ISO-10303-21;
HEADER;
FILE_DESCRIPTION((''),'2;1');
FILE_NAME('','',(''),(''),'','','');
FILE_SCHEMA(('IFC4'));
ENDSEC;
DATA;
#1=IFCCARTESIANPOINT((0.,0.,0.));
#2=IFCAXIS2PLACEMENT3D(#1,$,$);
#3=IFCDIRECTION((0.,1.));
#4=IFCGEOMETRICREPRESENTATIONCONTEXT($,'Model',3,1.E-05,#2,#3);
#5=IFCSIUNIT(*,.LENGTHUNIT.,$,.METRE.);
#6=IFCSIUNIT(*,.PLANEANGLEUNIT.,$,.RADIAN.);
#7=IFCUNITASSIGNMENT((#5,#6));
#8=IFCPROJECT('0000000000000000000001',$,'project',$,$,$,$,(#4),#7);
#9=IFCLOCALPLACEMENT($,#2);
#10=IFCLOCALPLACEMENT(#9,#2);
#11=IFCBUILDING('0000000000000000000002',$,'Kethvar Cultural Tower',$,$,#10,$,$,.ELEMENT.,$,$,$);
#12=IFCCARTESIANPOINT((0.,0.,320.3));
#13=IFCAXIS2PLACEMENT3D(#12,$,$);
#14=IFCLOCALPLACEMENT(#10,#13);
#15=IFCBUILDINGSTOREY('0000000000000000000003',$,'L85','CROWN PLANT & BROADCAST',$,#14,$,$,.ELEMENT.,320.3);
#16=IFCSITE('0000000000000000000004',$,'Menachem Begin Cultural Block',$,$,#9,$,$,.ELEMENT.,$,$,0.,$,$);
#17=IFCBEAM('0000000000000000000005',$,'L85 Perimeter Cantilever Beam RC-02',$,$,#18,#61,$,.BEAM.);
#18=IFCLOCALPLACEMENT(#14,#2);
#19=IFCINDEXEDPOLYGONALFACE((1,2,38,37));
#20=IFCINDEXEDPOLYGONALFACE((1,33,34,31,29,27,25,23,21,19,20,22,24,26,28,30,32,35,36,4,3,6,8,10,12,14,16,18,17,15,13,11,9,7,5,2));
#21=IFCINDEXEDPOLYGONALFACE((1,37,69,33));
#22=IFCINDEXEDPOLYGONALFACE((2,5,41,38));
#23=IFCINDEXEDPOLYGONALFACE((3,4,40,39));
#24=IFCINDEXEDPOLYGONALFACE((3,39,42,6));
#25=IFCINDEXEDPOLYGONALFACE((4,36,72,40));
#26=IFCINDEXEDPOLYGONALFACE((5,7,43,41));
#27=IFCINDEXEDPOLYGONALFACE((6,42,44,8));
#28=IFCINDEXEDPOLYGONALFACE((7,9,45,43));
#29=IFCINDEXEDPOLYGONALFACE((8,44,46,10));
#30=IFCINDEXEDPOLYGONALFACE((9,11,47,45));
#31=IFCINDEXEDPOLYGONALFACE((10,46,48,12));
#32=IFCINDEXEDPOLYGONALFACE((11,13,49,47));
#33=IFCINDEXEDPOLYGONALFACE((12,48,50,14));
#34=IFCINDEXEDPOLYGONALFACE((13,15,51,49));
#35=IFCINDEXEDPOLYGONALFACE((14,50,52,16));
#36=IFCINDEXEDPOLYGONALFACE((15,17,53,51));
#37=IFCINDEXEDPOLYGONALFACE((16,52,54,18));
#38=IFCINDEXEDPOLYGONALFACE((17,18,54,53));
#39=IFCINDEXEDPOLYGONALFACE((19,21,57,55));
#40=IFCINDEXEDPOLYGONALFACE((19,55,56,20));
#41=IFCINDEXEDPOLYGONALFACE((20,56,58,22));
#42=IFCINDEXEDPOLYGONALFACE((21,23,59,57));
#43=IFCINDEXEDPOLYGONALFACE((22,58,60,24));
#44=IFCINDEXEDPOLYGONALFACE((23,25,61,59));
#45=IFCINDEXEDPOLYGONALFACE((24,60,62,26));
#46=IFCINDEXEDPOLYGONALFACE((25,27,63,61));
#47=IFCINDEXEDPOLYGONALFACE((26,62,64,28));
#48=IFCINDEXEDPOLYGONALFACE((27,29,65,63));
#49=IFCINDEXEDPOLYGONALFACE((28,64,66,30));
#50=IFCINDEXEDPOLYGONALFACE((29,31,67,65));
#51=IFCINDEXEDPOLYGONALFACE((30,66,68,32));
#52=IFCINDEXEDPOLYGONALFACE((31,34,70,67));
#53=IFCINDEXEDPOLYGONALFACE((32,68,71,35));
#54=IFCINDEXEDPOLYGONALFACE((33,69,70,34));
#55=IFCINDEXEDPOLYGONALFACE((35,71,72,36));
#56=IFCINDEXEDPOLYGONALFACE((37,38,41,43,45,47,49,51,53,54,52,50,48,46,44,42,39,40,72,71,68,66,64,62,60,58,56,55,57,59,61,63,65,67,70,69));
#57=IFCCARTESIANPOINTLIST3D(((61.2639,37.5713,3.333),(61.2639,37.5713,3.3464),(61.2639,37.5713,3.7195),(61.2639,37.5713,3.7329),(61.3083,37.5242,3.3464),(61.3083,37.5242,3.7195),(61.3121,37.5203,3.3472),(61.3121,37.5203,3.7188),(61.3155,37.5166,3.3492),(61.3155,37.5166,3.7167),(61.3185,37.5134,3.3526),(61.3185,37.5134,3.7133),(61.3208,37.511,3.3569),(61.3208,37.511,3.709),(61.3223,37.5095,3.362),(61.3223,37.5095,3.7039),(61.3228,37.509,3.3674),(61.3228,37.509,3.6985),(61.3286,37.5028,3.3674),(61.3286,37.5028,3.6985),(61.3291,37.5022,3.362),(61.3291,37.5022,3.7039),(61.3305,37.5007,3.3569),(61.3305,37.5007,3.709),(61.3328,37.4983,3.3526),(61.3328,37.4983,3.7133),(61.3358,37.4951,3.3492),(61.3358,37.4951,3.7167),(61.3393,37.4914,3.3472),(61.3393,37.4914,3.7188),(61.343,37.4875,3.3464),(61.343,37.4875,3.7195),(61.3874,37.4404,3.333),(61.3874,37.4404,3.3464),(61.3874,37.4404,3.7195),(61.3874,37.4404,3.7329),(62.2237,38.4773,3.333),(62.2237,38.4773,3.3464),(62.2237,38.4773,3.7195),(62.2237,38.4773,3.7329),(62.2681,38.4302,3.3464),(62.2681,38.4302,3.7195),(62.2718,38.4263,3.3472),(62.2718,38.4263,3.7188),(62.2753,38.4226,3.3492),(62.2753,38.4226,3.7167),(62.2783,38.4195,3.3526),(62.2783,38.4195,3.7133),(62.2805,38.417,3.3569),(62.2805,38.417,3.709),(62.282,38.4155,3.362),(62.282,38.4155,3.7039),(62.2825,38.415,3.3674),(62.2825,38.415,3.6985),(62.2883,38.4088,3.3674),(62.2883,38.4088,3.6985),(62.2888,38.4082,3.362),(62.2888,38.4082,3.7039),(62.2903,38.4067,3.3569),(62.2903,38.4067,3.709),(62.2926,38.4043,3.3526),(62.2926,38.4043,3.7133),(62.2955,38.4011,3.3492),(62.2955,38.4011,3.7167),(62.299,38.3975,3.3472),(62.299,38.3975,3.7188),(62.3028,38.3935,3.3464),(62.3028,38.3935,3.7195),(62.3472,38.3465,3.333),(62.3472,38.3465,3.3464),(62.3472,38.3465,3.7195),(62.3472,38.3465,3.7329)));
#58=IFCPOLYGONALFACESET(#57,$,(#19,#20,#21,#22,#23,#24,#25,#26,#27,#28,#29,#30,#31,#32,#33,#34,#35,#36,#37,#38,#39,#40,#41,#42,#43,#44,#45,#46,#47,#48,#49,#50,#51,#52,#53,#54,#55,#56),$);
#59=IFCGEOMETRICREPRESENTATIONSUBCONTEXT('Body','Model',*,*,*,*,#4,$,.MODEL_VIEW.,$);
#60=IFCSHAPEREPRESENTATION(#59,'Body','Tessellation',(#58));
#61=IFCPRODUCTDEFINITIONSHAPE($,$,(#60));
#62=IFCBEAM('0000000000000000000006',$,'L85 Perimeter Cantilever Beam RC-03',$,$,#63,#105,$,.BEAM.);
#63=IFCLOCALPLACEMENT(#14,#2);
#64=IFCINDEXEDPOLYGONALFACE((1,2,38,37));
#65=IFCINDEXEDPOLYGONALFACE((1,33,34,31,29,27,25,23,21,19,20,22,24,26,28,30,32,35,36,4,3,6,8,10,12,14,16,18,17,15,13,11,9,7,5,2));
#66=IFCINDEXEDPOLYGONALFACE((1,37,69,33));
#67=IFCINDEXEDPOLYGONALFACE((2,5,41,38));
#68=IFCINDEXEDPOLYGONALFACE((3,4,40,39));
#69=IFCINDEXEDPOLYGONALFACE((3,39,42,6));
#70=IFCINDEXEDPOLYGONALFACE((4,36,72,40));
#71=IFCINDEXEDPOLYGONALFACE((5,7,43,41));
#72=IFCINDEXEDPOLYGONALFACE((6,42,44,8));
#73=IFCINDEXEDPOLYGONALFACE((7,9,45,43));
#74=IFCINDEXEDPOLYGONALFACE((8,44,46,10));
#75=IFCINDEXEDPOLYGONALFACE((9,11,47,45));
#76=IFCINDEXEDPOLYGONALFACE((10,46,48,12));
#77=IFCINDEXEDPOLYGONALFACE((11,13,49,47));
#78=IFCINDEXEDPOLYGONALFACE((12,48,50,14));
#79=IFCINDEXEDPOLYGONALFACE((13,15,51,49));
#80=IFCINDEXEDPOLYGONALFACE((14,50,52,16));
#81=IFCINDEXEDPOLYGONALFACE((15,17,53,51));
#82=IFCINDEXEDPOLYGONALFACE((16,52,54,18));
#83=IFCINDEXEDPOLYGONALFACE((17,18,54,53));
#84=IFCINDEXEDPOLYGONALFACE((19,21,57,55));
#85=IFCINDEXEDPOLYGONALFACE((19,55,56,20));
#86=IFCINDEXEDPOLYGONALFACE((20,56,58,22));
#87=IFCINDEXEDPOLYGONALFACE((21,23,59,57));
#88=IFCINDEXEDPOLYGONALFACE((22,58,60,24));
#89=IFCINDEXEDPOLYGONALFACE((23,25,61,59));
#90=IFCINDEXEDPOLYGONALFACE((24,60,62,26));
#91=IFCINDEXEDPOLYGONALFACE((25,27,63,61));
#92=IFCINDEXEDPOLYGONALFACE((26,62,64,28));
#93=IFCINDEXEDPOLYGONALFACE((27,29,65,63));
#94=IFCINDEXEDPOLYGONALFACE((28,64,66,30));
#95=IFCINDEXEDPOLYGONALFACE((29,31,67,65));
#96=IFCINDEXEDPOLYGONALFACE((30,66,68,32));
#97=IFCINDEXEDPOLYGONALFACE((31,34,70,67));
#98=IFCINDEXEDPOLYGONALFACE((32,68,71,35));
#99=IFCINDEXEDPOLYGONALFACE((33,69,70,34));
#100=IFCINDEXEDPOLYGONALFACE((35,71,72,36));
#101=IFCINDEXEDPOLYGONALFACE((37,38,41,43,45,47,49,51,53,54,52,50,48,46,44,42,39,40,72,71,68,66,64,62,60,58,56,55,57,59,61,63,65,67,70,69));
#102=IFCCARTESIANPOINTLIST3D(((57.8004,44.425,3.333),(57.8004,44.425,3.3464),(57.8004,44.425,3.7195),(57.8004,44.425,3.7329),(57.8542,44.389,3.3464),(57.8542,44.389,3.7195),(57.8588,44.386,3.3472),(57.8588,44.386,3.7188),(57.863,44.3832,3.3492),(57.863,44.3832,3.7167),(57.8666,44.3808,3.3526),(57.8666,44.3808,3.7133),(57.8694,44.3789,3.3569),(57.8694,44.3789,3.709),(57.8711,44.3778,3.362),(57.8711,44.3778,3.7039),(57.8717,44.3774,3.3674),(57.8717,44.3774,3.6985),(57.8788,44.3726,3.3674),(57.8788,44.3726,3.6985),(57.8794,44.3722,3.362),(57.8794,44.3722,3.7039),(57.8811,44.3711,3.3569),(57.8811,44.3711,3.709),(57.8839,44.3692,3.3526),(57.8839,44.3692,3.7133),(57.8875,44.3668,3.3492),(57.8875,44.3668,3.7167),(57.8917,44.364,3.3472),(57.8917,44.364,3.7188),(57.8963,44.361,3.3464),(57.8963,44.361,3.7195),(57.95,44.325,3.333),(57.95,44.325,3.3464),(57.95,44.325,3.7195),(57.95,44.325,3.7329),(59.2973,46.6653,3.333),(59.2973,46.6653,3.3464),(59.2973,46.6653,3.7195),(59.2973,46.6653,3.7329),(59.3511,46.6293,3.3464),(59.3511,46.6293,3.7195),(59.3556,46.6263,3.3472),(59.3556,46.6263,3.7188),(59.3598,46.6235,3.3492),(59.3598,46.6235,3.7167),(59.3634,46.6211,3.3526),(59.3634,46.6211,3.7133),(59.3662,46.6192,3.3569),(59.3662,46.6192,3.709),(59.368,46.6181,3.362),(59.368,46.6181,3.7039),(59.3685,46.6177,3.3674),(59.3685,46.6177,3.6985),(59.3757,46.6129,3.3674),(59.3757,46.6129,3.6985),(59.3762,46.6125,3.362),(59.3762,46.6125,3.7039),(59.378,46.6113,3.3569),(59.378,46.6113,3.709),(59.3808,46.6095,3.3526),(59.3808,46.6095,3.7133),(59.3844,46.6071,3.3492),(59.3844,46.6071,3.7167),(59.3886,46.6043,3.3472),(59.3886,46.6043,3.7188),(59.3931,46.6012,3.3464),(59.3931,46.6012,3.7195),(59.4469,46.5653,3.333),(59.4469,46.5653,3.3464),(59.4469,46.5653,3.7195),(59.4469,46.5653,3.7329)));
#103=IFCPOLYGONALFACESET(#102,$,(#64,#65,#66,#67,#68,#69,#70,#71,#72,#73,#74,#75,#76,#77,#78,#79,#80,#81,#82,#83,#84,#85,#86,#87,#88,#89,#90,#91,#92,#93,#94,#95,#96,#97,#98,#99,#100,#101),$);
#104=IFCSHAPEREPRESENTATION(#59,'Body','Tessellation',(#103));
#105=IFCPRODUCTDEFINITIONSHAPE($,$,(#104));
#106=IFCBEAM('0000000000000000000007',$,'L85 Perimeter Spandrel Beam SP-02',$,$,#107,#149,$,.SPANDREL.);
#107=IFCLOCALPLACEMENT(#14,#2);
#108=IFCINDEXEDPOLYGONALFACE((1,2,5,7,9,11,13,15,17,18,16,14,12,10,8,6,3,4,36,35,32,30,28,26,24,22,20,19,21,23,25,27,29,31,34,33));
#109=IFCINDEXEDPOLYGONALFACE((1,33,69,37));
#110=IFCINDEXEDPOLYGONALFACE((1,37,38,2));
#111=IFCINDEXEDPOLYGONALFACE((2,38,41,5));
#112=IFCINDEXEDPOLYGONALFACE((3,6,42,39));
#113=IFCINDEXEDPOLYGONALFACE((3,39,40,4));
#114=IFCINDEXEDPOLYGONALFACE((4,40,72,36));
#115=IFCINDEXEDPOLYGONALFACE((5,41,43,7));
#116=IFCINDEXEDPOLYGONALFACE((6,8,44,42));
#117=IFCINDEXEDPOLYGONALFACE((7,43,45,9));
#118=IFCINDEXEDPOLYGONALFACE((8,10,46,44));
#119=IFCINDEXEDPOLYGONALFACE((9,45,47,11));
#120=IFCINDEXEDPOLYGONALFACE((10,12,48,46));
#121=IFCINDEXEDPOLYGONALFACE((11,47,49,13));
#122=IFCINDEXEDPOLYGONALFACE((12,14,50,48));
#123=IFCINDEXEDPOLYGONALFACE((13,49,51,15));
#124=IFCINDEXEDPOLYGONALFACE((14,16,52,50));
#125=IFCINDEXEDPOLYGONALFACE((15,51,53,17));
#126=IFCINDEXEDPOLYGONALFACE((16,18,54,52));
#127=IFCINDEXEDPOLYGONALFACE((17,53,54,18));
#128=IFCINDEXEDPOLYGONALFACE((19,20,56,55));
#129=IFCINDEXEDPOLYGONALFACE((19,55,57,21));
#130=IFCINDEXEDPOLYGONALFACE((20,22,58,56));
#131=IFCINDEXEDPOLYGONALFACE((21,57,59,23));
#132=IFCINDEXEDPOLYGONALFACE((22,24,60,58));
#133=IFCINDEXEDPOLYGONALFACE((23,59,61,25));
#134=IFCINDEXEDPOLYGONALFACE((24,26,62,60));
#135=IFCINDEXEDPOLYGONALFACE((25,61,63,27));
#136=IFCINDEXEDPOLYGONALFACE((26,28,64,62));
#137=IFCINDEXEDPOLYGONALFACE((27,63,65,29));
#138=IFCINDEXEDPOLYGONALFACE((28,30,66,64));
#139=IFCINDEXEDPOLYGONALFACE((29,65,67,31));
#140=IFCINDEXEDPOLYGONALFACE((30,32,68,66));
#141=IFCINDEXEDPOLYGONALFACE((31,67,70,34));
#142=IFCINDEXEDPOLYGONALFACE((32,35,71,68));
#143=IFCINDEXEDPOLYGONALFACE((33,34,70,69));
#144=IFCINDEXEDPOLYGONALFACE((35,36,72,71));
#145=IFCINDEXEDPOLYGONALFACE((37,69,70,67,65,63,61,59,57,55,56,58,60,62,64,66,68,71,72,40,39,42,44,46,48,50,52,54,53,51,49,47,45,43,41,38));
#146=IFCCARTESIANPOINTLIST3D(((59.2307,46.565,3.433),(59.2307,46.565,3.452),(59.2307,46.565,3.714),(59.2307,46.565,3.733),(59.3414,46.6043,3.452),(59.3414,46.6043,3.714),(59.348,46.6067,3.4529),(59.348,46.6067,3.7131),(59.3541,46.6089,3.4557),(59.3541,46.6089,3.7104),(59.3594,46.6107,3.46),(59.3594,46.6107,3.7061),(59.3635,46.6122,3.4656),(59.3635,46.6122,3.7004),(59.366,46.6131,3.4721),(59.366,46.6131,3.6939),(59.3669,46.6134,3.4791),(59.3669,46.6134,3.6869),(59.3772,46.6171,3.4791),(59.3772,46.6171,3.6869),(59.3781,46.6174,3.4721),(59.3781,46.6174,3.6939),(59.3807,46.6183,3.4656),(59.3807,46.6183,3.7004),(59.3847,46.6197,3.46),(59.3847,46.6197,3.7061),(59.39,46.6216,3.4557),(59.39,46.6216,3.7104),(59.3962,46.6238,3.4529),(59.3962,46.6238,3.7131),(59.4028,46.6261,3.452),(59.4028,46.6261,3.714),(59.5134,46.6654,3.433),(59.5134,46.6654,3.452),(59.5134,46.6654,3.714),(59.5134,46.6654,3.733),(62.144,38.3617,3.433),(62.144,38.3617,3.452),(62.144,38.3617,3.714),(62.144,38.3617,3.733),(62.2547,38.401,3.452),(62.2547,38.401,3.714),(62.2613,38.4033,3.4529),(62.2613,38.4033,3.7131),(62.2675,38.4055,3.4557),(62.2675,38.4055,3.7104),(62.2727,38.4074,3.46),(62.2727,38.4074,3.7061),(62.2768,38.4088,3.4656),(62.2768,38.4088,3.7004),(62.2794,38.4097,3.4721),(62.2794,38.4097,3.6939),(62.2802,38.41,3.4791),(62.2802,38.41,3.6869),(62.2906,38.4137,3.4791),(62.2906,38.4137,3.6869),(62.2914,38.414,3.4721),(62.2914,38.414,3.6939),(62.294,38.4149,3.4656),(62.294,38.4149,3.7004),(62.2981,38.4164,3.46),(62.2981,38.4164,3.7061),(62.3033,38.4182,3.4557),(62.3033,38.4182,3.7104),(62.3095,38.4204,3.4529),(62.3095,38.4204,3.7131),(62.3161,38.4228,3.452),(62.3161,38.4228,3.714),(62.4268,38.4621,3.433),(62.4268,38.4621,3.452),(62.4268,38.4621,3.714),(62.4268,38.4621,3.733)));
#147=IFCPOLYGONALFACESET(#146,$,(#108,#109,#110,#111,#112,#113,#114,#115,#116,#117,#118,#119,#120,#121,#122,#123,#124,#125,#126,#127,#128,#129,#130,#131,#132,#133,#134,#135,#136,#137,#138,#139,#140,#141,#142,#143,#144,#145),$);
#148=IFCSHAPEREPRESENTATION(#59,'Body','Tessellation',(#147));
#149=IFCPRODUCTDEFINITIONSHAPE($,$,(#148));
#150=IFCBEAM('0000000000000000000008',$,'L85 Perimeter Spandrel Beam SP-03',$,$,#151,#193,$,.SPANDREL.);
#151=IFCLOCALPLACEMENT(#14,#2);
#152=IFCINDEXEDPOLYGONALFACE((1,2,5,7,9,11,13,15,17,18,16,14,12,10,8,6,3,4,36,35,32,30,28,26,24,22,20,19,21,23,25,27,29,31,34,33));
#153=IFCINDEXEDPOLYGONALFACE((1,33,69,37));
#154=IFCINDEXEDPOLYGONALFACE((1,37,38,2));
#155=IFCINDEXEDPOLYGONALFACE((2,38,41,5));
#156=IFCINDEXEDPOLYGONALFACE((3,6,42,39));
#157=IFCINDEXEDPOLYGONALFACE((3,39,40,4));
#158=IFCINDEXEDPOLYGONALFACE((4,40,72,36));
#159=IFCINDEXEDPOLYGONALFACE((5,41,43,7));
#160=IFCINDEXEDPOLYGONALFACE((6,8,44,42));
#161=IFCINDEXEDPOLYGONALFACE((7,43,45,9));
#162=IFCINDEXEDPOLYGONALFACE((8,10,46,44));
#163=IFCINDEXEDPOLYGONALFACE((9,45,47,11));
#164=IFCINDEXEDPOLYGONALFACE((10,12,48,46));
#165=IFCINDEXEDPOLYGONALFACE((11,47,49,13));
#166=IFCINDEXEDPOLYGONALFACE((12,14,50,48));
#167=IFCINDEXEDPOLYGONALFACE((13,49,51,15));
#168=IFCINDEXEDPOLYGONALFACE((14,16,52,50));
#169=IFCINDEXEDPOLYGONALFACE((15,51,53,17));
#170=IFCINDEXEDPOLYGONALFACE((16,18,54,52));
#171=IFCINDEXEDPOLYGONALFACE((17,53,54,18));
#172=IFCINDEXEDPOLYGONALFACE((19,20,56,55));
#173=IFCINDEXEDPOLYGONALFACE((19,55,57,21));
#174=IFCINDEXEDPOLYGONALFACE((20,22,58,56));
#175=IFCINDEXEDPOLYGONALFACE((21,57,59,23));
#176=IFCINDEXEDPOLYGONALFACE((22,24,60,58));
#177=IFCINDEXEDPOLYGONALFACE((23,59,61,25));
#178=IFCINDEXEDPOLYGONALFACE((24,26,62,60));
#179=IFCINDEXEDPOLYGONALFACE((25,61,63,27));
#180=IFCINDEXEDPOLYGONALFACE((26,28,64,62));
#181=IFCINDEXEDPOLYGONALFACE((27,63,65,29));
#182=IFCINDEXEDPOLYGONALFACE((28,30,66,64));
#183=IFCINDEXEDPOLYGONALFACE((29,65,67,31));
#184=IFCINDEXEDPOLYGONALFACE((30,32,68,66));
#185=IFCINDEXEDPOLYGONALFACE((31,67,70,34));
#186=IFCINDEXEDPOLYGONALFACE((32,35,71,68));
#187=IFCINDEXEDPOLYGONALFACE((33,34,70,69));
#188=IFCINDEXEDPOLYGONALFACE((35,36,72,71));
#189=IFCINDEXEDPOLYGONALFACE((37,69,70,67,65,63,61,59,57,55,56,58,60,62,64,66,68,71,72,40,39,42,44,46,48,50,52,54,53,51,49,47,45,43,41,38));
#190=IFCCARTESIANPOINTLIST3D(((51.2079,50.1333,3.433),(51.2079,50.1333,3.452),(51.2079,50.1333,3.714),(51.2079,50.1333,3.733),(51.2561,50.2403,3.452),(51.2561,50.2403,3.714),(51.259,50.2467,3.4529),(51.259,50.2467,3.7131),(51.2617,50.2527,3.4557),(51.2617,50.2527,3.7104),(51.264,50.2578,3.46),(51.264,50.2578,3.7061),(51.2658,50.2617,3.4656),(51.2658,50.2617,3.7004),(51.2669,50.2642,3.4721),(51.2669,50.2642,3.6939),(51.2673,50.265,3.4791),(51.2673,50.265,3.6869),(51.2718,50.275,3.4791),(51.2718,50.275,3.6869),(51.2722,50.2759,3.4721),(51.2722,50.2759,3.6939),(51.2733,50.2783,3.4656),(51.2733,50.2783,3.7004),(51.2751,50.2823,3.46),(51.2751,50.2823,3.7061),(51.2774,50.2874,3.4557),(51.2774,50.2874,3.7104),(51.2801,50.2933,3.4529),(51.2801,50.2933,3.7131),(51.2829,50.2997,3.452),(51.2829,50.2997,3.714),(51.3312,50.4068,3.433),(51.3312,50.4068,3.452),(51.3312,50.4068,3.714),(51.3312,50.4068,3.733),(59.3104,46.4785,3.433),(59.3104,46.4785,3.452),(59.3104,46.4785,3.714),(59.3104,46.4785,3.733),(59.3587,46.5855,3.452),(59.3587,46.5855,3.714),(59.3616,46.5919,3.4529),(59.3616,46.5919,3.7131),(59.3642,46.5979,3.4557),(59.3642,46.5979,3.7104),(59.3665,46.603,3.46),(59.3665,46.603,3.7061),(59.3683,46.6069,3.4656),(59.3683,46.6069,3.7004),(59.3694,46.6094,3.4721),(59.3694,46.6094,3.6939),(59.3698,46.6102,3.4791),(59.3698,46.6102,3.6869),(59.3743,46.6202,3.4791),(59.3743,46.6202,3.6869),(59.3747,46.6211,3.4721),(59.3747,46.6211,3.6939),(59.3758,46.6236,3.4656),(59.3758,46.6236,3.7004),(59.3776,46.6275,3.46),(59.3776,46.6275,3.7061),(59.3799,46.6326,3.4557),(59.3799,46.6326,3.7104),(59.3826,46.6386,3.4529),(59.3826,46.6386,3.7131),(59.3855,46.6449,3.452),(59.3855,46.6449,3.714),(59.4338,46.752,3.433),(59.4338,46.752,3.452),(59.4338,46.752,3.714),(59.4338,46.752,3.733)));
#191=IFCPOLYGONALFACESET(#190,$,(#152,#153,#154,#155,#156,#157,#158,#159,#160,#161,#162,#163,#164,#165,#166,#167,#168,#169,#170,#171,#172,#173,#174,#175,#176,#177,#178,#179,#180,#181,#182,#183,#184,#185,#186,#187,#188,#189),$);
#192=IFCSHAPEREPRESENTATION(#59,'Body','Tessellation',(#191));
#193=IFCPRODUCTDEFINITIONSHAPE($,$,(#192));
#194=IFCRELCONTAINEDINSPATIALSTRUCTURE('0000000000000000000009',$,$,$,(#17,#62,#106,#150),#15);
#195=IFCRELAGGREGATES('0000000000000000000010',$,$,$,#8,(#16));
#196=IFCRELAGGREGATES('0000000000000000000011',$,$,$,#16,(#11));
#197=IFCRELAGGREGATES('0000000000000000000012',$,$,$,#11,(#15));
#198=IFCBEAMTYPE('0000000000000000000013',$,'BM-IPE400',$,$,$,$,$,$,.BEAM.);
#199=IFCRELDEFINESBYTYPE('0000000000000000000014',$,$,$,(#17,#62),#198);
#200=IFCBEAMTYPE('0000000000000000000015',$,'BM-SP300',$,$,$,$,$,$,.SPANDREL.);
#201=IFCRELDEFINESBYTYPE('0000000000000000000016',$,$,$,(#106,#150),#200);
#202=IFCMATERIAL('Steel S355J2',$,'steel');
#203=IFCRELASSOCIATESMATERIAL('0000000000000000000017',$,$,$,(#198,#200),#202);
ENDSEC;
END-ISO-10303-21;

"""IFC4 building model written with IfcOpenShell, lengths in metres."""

from ifc_helpers import new_model, si_unit, direction, frame, origin, origin_2d, place, context, subcontext, project, spatial, i_section, extrude, source, transform, mapped, material, material_profile, profile_set, type_object, element, save


model = new_model("IFC4")

# Units and contexts
model_context = context("Model", 3, precision=1e-05, world=origin(), true_north=direction((0.0, 1.0)))
body_context = subcontext(model_context, "Body", "Model", "MODEL_VIEW")
ifc_project = project(units=[si_unit("LENGTHUNIT", "METRE"), si_unit("PLANEANGLEUNIT", "RADIAN")], contexts=[model_context])

# Site, building, storey
site_placement = place(None, origin())
site = spatial("IfcSite", under=ifc_project, at=site_placement, Name="Menachem Begin Cultural Block", CompositionType="ELEMENT", RefElevation=0.0)
building_placement = place(site_placement, origin())
building = spatial("IfcBuilding", under=site, at=building_placement, Name="Kethvar Cultural Tower", CompositionType="ELEMENT")
storey_placement = place(building_placement, frame((0.0, 0.0, 320.3)))
storey = spatial("IfcBuildingStorey", under=building, at=storey_placement, Name="L85", Description="CROWN PLANT & BROADCAST", CompositionType="ELEMENT", Elevation=320.3)

# Shared definitions
ifc_material_1 = material(Name="Steel S355J2", Category="steel")

# Beams
ifc_material_profile_1 = material_profile(ifc_material_1, i_section(OverallWidth=0.1799, OverallDepth=0.3999, WebThickness=0.0085, FlangeThickness=0.0134, FilletRadius=0.021, at=origin_2d()), Name="Steel S355J2 — IPE400")
ifc_profile_set_1 = profile_set([ifc_material_profile_1], Name="Steel S355J2 — IPE400")
beam_type_1 = type_object("IfcBeamType", Name="BM-IPE400", PredefinedType="BEAM", material=ifc_profile_set_1)
shared_shape_1 = source(origin(), body_context, "Body", "SweptSolid", [
    extrude(i_section(OverallWidth=0.1799, OverallDepth=0.3999, WebThickness=0.0085, FlangeThickness=0.0134, FilletRadius=0.021, at=origin_2d()), origin(), (0.0, 0.0, 1.0), 1.3198),
])
beam_1_placement = place(storey_placement, frame((61.3257, 37.5059, 3.533), z_axis=(0.727162, 0.686466, 0.0), x_axis=(-0.686466, 0.727162, 0.0)))
element("IfcBeam", 1, at=beam_1_placement, inside=storey, type_object=beam_type_1, Name="L85 Perimeter Cantilever Beam RC-02", PredefinedType="BEAM", context=body_context, shape_type="MappedRepresentation", body=[
    mapped(shared_shape_1, transform((0.0, 0.0, 0.0), scale=1.0)),
])
shared_shape_2 = source(origin(), body_context, "Body", "SweptSolid", [
    extrude(i_section(OverallWidth=0.1799, OverallDepth=0.3999, WebThickness=0.0085, FlangeThickness=0.0134, FilletRadius=0.021, at=origin_2d()), origin(), (0.0, 0.0, 1.0), 2.6943),
])
beam_2_placement = place(storey_placement, frame((57.8752, 44.375, 3.533), z_axis=(0.555557, 0.831478, 0.0), x_axis=(-0.831478, 0.555557, 0.0)))
element("IfcBeam", 2, at=beam_2_placement, inside=storey, type_object=beam_type_1, Name="L85 Perimeter Cantilever Beam RC-03", PredefinedType="BEAM", context=body_context, shape_type="MappedRepresentation", body=[
    mapped(shared_shape_2, transform((0.0, 0.0, 0.0), scale=1.0)),
])
ifc_material_profile_2 = material_profile(ifc_material_1, i_section(OverallWidth=0.3, OverallDepth=0.3, WebThickness=0.011, FlangeThickness=0.019, FilletRadius=0.0271, at=origin_2d()), Name="Steel S355J2 — HEB300")
ifc_profile_set_2 = profile_set([ifc_material_profile_2], Name="Steel S355J2 — HEB300")
beam_type_2 = type_object("IfcBeamType", Name="BM-SP300", PredefinedType="SPANDREL", material=ifc_profile_set_2)
shared_shape_3 = source(origin(), body_context, "Body", "SweptSolid", [
    extrude(i_section(OverallWidth=0.3, OverallDepth=0.3, WebThickness=0.011, FlangeThickness=0.019, FilletRadius=0.0271, at=origin_2d()), origin(), (0.0, 0.0, 1.0), 8.7053),
])
beam_3_placement = place(storey_placement, frame((62.2854, 38.4119, 3.583), z_axis=(-0.334661, 0.942339, 0.0), x_axis=(-0.942339, -0.334661, 0.0)))
element("IfcBeam", 3, at=beam_3_placement, inside=storey, type_object=beam_type_2, Name="L85 Perimeter Spandrel Beam SP-02", PredefinedType="SPANDREL", context=body_context, shape_type="MappedRepresentation", body=[
    mapped(shared_shape_3, transform((0.0, 0.0, 0.0), scale=1.0)),
])
shared_shape_4 = source(origin(), body_context, "Body", "SweptSolid", [
    extrude(i_section(OverallWidth=0.3, OverallDepth=0.3, WebThickness=0.011, FlangeThickness=0.019, FilletRadius=0.0271, at=origin_2d()), origin(), (0.0, 0.0, 1.0), 8.8887),
])
beam_4_placement = place(storey_placement, frame((59.3721, 46.6152, 3.583), z_axis=(-0.911557, 0.411173, 0.0), x_axis=(-0.411173, -0.911557, 0.0)))
element("IfcBeam", 4, at=beam_4_placement, inside=storey, type_object=beam_type_2, Name="L85 Perimeter Spandrel Beam SP-03", PredefinedType="SPANDREL", context=body_context, shape_type="MappedRepresentation", body=[
    mapped(shared_shape_4, transform((0.0, 0.0, 0.0), scale=1.0)),
])

save(model, "model.ifc")
